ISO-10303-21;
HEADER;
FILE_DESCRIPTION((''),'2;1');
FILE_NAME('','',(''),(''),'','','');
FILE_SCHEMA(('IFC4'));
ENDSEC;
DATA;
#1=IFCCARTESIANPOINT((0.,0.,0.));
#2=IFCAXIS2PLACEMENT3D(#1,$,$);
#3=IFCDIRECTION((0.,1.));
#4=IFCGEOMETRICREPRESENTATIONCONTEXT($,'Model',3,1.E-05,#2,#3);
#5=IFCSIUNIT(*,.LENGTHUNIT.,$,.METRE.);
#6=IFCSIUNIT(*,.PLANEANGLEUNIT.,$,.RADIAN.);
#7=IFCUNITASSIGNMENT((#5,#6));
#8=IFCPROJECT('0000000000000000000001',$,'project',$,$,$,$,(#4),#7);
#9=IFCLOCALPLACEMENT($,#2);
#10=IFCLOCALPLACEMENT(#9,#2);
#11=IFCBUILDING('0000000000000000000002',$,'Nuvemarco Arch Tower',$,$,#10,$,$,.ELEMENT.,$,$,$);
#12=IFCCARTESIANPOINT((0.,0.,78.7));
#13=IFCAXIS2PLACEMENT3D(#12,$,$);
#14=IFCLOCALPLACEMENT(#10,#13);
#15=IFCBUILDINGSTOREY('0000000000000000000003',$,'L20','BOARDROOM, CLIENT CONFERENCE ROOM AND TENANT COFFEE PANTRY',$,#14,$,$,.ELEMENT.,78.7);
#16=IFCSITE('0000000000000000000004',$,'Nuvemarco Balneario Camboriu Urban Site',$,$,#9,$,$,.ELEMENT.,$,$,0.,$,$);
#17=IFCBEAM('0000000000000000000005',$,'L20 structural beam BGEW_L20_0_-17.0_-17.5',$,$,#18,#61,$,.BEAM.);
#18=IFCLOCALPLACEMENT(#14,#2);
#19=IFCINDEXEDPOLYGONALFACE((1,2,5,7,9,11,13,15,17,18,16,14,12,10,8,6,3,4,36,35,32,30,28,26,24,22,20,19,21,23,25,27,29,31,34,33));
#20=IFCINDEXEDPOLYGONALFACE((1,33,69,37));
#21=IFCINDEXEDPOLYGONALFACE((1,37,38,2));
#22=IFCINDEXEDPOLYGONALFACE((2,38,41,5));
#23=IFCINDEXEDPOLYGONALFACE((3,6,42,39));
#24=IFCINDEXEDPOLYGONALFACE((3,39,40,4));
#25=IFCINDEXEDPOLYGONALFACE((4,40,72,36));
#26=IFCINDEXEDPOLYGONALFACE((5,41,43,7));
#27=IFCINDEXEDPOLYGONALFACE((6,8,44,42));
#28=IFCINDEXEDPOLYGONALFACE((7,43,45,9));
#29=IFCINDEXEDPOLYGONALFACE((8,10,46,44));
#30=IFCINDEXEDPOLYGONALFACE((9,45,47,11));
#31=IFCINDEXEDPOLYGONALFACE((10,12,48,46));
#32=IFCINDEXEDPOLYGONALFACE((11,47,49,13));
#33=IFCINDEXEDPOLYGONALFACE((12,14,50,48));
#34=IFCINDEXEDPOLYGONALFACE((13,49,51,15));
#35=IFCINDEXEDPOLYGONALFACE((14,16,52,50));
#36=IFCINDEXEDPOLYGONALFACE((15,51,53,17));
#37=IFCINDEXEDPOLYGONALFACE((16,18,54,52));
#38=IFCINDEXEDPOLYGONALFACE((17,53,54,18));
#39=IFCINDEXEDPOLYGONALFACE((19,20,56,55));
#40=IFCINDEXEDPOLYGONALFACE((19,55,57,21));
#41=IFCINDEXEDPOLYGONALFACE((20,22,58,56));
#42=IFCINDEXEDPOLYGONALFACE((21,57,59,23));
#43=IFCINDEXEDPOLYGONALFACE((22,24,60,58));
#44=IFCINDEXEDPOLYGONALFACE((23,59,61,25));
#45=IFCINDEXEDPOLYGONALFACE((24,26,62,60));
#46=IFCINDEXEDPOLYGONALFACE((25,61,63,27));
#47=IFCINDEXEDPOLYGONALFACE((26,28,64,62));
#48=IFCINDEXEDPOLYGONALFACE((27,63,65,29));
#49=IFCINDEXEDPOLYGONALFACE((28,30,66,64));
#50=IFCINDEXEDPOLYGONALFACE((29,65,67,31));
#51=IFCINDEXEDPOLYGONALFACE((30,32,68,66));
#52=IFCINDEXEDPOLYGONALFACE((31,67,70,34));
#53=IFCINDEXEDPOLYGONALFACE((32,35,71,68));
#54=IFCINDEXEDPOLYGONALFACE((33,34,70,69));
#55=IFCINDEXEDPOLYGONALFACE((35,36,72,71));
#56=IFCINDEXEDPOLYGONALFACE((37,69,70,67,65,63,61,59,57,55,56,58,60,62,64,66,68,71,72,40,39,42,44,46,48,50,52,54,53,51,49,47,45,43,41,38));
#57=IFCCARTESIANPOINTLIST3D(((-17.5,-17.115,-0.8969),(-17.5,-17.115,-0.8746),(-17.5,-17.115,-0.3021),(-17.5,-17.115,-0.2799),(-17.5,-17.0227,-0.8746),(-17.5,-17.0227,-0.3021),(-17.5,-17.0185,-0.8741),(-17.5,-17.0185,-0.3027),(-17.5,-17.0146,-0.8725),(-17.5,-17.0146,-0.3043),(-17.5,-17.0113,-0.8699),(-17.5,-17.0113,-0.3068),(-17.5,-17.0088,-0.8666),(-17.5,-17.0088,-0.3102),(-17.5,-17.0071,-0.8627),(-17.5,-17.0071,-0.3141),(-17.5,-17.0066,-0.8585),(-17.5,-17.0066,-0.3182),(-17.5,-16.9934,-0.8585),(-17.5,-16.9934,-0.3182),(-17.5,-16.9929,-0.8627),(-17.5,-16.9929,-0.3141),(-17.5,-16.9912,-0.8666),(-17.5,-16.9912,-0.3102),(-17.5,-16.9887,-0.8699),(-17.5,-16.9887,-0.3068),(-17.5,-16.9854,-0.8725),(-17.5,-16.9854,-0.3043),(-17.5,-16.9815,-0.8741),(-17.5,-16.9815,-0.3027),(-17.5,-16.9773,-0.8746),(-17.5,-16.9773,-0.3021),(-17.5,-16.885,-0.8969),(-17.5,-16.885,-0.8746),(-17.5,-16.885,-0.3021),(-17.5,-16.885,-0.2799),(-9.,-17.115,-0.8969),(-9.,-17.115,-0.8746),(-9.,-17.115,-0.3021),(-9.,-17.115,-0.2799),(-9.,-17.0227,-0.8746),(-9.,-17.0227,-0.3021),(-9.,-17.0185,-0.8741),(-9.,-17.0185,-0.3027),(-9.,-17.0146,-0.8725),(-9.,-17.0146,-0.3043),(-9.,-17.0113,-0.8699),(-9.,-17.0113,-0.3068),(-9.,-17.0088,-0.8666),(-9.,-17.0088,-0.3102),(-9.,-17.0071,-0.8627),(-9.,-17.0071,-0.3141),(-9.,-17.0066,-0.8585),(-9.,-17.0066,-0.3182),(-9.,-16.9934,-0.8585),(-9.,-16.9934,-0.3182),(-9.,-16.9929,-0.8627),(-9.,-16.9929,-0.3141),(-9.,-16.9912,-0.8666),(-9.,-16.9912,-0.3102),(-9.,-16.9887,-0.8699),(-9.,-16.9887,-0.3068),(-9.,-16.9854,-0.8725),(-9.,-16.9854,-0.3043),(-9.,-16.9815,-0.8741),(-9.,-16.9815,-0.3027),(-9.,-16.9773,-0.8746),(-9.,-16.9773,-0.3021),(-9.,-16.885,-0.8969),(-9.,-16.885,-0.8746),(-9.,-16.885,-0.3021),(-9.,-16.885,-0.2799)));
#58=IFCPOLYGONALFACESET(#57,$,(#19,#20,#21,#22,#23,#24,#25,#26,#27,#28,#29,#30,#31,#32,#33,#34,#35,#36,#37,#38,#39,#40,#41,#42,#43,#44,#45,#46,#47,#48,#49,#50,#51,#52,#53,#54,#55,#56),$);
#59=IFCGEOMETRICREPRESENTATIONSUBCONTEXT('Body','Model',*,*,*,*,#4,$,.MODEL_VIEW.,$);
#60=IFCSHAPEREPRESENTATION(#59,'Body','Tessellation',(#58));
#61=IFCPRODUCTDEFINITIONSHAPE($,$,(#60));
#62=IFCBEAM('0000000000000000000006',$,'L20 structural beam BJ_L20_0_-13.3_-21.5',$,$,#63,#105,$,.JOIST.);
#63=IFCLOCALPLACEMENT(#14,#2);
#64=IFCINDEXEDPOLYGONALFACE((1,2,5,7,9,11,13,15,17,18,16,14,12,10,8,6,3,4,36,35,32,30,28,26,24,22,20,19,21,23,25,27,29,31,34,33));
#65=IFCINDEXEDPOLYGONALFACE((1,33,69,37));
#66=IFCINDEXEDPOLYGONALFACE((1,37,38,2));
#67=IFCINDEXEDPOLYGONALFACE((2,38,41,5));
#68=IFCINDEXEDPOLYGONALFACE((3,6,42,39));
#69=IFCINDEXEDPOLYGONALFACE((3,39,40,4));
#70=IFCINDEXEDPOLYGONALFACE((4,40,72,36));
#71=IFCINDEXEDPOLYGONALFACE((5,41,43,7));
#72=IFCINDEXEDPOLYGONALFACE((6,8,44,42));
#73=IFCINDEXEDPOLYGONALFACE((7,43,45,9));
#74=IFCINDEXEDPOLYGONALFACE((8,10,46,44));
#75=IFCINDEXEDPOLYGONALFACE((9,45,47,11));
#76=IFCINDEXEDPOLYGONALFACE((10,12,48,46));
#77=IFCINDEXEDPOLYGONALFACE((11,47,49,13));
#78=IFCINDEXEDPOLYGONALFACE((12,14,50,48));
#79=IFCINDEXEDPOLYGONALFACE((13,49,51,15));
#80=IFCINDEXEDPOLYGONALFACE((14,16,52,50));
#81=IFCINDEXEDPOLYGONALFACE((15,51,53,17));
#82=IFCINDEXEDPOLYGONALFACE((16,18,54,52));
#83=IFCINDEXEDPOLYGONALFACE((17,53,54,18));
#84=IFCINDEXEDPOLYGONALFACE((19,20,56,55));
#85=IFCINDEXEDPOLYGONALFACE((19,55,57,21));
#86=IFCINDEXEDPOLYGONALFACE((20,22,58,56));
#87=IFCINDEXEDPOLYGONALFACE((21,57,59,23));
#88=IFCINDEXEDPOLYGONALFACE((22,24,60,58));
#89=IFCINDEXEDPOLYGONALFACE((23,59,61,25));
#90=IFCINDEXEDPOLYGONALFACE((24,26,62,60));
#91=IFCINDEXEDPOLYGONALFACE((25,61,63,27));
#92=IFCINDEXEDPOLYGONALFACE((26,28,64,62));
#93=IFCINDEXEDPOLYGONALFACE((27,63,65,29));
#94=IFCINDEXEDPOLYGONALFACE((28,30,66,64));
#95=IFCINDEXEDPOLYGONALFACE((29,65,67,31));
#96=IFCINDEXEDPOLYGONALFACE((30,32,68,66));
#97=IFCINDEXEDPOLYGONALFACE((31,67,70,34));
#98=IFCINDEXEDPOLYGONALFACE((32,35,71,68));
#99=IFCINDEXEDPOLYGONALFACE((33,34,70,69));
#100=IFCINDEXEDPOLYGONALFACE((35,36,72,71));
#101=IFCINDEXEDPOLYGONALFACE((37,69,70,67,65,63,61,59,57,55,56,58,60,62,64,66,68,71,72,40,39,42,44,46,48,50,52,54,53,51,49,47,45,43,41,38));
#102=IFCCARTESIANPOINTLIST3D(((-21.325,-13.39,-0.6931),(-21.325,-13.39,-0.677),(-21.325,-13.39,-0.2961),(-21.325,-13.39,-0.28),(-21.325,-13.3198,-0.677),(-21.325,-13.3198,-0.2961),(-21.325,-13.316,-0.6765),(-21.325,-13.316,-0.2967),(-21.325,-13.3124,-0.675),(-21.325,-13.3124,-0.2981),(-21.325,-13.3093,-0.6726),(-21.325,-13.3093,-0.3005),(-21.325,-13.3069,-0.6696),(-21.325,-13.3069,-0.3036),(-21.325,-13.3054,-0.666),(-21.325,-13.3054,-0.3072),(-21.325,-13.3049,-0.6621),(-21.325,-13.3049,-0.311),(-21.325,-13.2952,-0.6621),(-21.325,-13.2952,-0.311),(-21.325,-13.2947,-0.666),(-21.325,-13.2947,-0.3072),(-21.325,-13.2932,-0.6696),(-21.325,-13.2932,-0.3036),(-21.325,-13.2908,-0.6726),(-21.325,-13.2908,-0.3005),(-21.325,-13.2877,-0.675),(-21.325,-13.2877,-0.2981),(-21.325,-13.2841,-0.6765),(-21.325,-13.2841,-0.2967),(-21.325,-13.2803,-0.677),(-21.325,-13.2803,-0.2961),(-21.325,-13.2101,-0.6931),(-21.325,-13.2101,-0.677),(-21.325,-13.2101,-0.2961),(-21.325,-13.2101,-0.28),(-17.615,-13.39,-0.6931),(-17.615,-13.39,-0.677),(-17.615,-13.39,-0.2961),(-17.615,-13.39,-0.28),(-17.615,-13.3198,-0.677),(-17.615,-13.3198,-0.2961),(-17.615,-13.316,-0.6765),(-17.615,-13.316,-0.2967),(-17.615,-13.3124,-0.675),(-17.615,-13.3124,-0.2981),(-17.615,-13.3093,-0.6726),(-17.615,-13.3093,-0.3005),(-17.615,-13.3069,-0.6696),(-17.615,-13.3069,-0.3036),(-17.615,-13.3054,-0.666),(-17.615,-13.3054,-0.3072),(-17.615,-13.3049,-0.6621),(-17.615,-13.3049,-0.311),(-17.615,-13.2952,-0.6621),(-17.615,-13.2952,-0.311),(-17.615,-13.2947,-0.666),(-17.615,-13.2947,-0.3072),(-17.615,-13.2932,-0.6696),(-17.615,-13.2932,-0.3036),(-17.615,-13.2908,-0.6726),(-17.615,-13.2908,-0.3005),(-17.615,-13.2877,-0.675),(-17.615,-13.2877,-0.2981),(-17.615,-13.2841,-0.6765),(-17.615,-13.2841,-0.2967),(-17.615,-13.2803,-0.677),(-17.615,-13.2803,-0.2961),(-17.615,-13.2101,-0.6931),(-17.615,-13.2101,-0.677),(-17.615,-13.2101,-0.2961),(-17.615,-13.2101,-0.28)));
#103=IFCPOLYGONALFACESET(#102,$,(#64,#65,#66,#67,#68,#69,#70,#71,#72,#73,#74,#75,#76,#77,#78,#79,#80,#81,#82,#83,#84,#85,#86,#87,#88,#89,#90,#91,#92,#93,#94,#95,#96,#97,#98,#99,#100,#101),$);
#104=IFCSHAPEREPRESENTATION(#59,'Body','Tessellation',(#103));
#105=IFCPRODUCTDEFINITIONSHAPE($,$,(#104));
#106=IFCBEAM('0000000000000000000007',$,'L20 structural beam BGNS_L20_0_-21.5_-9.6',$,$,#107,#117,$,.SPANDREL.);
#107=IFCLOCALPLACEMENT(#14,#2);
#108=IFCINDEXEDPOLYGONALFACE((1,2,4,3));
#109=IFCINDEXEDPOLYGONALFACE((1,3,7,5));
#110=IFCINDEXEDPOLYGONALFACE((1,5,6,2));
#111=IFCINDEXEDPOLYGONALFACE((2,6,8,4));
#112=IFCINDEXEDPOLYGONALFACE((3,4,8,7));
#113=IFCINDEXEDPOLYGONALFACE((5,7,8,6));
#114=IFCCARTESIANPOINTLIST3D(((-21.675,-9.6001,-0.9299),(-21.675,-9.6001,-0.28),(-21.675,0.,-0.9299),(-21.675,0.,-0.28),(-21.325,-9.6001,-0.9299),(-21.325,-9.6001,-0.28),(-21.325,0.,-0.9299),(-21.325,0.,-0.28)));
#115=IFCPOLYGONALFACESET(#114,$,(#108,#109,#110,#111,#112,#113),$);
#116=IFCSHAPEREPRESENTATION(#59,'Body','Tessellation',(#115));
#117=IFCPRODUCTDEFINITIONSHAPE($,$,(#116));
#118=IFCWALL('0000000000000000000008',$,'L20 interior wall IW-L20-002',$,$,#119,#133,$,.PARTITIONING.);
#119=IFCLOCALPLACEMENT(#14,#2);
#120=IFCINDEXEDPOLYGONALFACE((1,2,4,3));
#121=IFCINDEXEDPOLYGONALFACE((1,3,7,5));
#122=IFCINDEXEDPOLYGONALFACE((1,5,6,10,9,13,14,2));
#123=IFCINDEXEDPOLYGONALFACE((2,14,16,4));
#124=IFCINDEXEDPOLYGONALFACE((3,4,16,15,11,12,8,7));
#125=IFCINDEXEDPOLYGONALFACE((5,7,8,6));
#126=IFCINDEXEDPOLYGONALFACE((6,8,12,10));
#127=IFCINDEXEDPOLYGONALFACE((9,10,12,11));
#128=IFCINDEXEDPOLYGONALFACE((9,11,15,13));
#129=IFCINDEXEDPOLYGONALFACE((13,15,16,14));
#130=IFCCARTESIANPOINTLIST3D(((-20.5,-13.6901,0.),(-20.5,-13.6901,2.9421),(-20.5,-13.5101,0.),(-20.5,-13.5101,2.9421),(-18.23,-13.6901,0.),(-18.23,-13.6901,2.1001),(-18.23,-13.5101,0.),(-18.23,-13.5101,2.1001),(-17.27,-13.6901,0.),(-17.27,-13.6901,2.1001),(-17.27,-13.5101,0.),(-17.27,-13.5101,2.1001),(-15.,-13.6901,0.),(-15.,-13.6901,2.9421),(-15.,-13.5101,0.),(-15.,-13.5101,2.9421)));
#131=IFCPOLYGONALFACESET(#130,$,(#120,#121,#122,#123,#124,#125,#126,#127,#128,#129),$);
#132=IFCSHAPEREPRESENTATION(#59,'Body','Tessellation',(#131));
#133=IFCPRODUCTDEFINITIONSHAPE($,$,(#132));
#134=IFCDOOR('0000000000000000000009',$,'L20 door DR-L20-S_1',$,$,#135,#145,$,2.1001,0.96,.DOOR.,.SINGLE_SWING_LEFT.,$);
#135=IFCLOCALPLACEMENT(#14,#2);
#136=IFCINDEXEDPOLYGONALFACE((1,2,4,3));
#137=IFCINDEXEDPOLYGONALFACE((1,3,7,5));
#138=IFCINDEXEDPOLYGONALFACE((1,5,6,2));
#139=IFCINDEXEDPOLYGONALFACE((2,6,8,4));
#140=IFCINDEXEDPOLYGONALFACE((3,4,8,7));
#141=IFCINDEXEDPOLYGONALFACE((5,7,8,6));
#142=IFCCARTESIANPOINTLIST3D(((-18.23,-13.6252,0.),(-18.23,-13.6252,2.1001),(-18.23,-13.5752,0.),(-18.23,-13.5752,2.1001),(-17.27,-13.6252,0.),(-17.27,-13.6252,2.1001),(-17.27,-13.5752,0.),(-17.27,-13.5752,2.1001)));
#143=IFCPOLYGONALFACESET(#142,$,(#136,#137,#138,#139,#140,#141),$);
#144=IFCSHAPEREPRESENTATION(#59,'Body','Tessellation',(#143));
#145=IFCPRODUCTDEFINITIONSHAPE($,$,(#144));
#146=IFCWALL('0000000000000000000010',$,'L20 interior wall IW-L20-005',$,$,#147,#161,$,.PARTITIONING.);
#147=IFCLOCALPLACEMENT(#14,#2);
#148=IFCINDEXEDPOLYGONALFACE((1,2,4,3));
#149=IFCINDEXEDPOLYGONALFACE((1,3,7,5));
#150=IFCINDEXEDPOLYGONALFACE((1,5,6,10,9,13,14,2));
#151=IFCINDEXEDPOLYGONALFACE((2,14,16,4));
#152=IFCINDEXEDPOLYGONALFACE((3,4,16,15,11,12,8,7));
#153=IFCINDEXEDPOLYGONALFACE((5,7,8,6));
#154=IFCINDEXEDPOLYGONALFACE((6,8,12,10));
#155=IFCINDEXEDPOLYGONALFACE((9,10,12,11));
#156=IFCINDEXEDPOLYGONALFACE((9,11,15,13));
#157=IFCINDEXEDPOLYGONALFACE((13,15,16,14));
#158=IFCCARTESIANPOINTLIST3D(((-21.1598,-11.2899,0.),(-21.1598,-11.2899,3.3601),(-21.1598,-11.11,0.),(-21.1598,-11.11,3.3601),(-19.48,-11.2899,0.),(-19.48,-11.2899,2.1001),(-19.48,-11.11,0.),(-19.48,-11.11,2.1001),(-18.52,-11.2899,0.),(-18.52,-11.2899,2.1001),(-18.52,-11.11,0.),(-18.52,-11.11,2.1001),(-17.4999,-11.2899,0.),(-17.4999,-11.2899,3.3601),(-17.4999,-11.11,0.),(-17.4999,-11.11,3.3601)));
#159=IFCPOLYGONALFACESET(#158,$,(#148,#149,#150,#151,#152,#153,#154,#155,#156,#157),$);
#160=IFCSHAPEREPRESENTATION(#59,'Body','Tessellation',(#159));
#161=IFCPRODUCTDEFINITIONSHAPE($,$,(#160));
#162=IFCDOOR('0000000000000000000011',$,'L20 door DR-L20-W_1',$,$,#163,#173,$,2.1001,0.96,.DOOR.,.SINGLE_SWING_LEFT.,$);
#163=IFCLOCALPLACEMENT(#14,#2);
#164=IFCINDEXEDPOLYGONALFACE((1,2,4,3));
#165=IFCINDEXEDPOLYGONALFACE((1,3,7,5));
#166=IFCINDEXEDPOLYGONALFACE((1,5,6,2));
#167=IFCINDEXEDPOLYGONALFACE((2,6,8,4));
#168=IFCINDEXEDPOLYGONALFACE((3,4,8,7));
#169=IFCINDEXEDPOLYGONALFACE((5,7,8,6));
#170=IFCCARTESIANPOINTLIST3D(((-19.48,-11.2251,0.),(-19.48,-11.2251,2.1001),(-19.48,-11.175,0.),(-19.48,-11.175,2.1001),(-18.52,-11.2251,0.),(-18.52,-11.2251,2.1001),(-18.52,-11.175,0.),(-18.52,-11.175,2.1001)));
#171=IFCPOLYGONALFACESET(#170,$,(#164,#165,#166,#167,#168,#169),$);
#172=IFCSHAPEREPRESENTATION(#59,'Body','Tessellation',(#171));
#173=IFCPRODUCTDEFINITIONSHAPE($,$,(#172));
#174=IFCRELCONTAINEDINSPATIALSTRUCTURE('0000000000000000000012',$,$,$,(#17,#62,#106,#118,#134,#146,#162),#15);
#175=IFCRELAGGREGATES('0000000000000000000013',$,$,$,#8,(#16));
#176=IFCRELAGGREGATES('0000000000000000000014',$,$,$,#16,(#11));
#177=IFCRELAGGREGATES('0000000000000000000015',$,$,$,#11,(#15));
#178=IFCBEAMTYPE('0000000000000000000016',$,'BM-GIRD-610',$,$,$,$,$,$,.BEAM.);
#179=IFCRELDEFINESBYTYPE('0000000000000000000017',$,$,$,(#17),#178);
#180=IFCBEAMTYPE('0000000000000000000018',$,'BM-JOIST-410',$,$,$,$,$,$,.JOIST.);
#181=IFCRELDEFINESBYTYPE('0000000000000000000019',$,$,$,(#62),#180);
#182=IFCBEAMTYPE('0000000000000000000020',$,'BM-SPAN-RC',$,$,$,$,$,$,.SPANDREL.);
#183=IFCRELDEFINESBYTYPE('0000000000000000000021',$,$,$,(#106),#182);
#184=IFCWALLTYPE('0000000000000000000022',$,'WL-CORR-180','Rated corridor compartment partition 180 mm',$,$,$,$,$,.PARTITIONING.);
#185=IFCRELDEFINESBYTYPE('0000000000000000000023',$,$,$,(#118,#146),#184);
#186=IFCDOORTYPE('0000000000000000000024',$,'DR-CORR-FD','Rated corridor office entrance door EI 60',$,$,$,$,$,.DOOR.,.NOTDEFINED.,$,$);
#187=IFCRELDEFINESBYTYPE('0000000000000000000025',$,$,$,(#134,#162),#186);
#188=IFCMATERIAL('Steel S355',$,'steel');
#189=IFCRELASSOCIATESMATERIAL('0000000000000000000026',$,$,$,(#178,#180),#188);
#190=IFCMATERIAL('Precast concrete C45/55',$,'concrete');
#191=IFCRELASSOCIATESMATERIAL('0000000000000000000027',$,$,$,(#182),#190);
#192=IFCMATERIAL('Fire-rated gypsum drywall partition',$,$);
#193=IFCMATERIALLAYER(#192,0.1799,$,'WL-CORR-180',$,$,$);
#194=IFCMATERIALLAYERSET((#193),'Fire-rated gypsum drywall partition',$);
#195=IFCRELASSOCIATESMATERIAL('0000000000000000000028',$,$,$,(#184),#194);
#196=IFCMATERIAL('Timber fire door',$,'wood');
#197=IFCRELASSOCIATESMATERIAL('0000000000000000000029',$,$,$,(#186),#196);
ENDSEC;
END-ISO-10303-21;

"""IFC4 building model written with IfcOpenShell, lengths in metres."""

from ifc_helpers import new_model, si_unit, direction, frame, frame_2d, origin, origin_2d, place, context, subcontext, project, spatial, rectangle, i_section, extrude, source, transform, mapped, material, layer, layer_set, material_profile, profile_set, type_object, type_shapes, element, fill, save


model = new_model("IFC4")

# Units and contexts
model_context = context("Model", 3, precision=1e-05, world=origin(), true_north=direction((0.0, 1.0)))
body_context = subcontext(model_context, "Body", "Model", "MODEL_VIEW")
ifc_project = project(units=[si_unit("LENGTHUNIT", "METRE"), si_unit("PLANEANGLEUNIT", "RADIAN")], contexts=[model_context])

# Site, building, storey
site_placement = place(None, origin())
site = spatial("IfcSite", under=ifc_project, at=site_placement, Name="Nuvemarco Balneario Camboriu Urban Site", CompositionType="ELEMENT", RefElevation=0.0)
building_placement = place(site_placement, origin())
building = spatial("IfcBuilding", under=site, at=building_placement, Name="Nuvemarco Arch Tower", CompositionType="ELEMENT")
storey_placement = place(building_placement, frame((0.0, 0.0, 78.7)))
storey = spatial("IfcBuildingStorey", under=building, at=storey_placement, Name="L20", Description="BOARDROOM, CLIENT CONFERENCE ROOM AND TENANT COFFEE PANTRY", CompositionType="ELEMENT", Elevation=78.7)

# Shared definitions
ifc_material_1 = material(Name="Steel S355", Category="steel")

# Beams
ifc_material_profile_1 = material_profile(ifc_material_1, i_section(OverallWidth=0.23, OverallDepth=0.6169, WebThickness=0.0132, FlangeThickness=0.0222, FilletRadius=0.0161, at=origin_2d()), Name="W610x140")
ifc_profile_set_1 = profile_set([ifc_material_profile_1], Name="Steel S355")
beam_type_1 = type_object("IfcBeamType", Name="BM-GIRD-610", PredefinedType="BEAM", material=ifc_profile_set_1)
beam_1_placement = place(storey_placement, frame((-17.5, -17.0, -0.5884), z_axis=(1.0, 0.0, 0.0), x_axis=(0.0, 1.0, 0.0)))
element("IfcBeam", 1, at=beam_1_placement, inside=storey, type_object=beam_type_1, Name="L20 structural beam BGEW_L20_0_-17.0_-17.5", PredefinedType="BEAM", context=body_context, shape_type="SweptSolid", body=[
    extrude(i_section(OverallWidth=0.23, OverallDepth=0.6169, WebThickness=0.0132, FlangeThickness=0.0222, FilletRadius=0.0161, at=origin_2d()), origin(), (0.0, 0.0, 1.0), 8.5),
])
ifc_material_profile_2 = material_profile(ifc_material_1, i_section(OverallWidth=0.1799, OverallDepth=0.4131, WebThickness=0.0098, FlangeThickness=0.0161, FilletRadius=0.0149, at=origin_2d()), Name="W410x75")
ifc_profile_set_2 = profile_set([ifc_material_profile_2], Name="Steel S355")
beam_type_2 = type_object("IfcBeamType", Name="BM-JOIST-410", PredefinedType="JOIST", material=ifc_profile_set_2)
beam_2_placement = place(storey_placement, frame((-21.325, -13.3, -0.4866), z_axis=(1.0, 0.0, 0.0), x_axis=(0.0, 1.0, 0.0)))
element("IfcBeam", 2, at=beam_2_placement, inside=storey, type_object=beam_type_2, Name="L20 structural beam BJ_L20_0_-13.3_-21.5", PredefinedType="JOIST", context=body_context, shape_type="SweptSolid", body=[
    extrude(i_section(OverallWidth=0.1799, OverallDepth=0.4131, WebThickness=0.0098, FlangeThickness=0.0161, FilletRadius=0.0149, at=origin_2d()), origin(), (0.0, 0.0, 1.0), 3.71),
])
ifc_material_2 = material(Name="Precast concrete C45/55", Category="concrete")
ifc_material_profile_3 = material_profile(ifc_material_2, rectangle(XDim=0.3501, YDim=0.6499, at=origin_2d()), Name="PC-SP-350x650")
ifc_profile_set_3 = profile_set([ifc_material_profile_3], Name="Precast concrete C45/55")
beam_type_3 = type_object("IfcBeamType", Name="BM-SPAN-RC", PredefinedType="SPANDREL", material=ifc_profile_set_3)
beam_3_placement = place(storey_placement, frame((-21.5, -9.6001, -0.605), z_axis=(0.0, 1.0, 0.0), x_axis=(-1.0, 0.0, 0.0)))
element("IfcBeam", 3, at=beam_3_placement, inside=storey, type_object=beam_type_3, Name="L20 structural beam BGNS_L20_0_-21.5_-9.6", PredefinedType="SPANDREL", context=body_context, shape_type="SweptSolid", body=[
    extrude(rectangle(XDim=0.3501, YDim=0.6499, at=origin_2d()), origin(), (0.0, 0.0, 1.0), 9.6001),
])

# Walls, openings, doors
ifc_material_3 = material(Name="Fire-rated gypsum drywall partition")
ifc_layer = layer(ifc_material_3, 0.1799, Name="WL-CORR-180")
ifc_layer_set = layer_set([ifc_layer], Name="Fire-rated gypsum drywall partition")
wall_type = type_object("IfcWallType", Name="WL-CORR-180", Description="Rated corridor compartment partition 180 mm", PredefinedType="PARTITIONING", material=ifc_layer_set)
wall_1_placement = place(storey_placement, frame((-20.5, -13.6001, 0.0), z_axis=(0.0, 0.0, 1.0), x_axis=(1.0, 0.0, 0.0)))
wall_1 = element("IfcWall", 4, at=wall_1_placement, inside=storey, type_object=wall_type, Name="L20 interior wall IW-L20-002", PredefinedType="PARTITIONING", context=body_context, shape_type="SweptSolid", body=[
    extrude(rectangle(XDim=5.5, YDim=0.1799, at=frame_2d((2.75, 0.0))), origin(), (0.0, 0.0, 1.0), 2.9421),
])
opening_1_placement = place(wall_1_placement, frame((2.27, 0.0, 0.0)))
opening_1 = element("IfcOpeningElement", 5, at=opening_1_placement, cuts=wall_1, PredefinedType="OPENING", context=body_context, shape_type="SweptSolid", body=[
    extrude(rectangle(XDim=0.96, YDim=2.1001, at=frame_2d((0.48, 1.05))), frame((0.0, 0.0999, 0.0), z_axis=(0.0, -1.0, 0.0), x_axis=(1.0, 0.0, 0.0)), (0.0, 0.0, 1.0), 0.2),
])
ifc_material_4 = material(Name="Timber fire door", Category="wood")
door_type = type_object("IfcDoorType", Name="DR-CORR-FD", Description="Rated corridor office entrance door EI 60", OperationType="NOTDEFINED", PredefinedType="DOOR", material=ifc_material_4)
shared_shape = source(origin(), body_context, "Body", "SweptSolid", [
    extrude(rectangle(XDim=0.96, YDim=2.1001, at=frame_2d((0.48, 1.05))), frame((0.0, 0.0249, 0.0), z_axis=(0.0, -1.0, 0.0), x_axis=(1.0, 0.0, 0.0)), (0.0, 0.0, 1.0), 0.05),
])
type_shapes(door_type, [shared_shape])
door_1_placement = place(opening_1_placement, origin())
door_1 = element("IfcDoor", 6, at=door_1_placement, inside=storey, type_object=door_type, Name="L20 door DR-L20-S_1", OperationType="SINGLE_SWING_LEFT", OverallHeight=2.1001, OverallWidth=0.96, PredefinedType="DOOR", context=body_context, shape_type="MappedRepresentation", body=[
    mapped(shared_shape, transform((0.0, 0.0, 0.0), scale=1.0)),
])
fill(opening_1, door_1)
wall_2_placement = place(storey_placement, frame((-21.1599, -11.2, 0.0), z_axis=(0.0, 0.0, 1.0), x_axis=(1.0, 0.0, 0.0)))
wall_2 = element("IfcWall", 7, at=wall_2_placement, inside=storey, type_object=wall_type, Name="L20 interior wall IW-L20-005", PredefinedType="PARTITIONING", context=body_context, shape_type="SweptSolid", body=[
    extrude(rectangle(XDim=3.6599, YDim=0.1799, at=frame_2d((1.8301, 0.0))), origin(), (0.0, 0.0, 1.0), 3.3601),
])
opening_2_placement = place(wall_2_placement, frame((1.6799, 0.0, 0.0)))
opening_2 = element("IfcOpeningElement", 8, at=opening_2_placement, cuts=wall_2, PredefinedType="OPENING", context=body_context, shape_type="SweptSolid", body=[
    extrude(rectangle(XDim=0.96, YDim=2.1001, at=frame_2d((0.48, 1.05))), frame((0.0, 0.0999, 0.0), z_axis=(0.0, -1.0, 0.0), x_axis=(1.0, 0.0, 0.0)), (0.0, 0.0, 1.0), 0.2),
])
door_2_placement = place(opening_2_placement, origin())
door_2 = element("IfcDoor", 9, at=door_2_placement, inside=storey, type_object=door_type, Name="L20 door DR-L20-W_1", OperationType="SINGLE_SWING_LEFT", OverallHeight=2.1001, OverallWidth=0.96, PredefinedType="DOOR", context=body_context, shape_type="MappedRepresentation", body=[
    mapped(shared_shape, transform((0.0, 0.0, 0.0), scale=1.0)),
])
fill(opening_2, door_2)

save(model, "model.ifc")
